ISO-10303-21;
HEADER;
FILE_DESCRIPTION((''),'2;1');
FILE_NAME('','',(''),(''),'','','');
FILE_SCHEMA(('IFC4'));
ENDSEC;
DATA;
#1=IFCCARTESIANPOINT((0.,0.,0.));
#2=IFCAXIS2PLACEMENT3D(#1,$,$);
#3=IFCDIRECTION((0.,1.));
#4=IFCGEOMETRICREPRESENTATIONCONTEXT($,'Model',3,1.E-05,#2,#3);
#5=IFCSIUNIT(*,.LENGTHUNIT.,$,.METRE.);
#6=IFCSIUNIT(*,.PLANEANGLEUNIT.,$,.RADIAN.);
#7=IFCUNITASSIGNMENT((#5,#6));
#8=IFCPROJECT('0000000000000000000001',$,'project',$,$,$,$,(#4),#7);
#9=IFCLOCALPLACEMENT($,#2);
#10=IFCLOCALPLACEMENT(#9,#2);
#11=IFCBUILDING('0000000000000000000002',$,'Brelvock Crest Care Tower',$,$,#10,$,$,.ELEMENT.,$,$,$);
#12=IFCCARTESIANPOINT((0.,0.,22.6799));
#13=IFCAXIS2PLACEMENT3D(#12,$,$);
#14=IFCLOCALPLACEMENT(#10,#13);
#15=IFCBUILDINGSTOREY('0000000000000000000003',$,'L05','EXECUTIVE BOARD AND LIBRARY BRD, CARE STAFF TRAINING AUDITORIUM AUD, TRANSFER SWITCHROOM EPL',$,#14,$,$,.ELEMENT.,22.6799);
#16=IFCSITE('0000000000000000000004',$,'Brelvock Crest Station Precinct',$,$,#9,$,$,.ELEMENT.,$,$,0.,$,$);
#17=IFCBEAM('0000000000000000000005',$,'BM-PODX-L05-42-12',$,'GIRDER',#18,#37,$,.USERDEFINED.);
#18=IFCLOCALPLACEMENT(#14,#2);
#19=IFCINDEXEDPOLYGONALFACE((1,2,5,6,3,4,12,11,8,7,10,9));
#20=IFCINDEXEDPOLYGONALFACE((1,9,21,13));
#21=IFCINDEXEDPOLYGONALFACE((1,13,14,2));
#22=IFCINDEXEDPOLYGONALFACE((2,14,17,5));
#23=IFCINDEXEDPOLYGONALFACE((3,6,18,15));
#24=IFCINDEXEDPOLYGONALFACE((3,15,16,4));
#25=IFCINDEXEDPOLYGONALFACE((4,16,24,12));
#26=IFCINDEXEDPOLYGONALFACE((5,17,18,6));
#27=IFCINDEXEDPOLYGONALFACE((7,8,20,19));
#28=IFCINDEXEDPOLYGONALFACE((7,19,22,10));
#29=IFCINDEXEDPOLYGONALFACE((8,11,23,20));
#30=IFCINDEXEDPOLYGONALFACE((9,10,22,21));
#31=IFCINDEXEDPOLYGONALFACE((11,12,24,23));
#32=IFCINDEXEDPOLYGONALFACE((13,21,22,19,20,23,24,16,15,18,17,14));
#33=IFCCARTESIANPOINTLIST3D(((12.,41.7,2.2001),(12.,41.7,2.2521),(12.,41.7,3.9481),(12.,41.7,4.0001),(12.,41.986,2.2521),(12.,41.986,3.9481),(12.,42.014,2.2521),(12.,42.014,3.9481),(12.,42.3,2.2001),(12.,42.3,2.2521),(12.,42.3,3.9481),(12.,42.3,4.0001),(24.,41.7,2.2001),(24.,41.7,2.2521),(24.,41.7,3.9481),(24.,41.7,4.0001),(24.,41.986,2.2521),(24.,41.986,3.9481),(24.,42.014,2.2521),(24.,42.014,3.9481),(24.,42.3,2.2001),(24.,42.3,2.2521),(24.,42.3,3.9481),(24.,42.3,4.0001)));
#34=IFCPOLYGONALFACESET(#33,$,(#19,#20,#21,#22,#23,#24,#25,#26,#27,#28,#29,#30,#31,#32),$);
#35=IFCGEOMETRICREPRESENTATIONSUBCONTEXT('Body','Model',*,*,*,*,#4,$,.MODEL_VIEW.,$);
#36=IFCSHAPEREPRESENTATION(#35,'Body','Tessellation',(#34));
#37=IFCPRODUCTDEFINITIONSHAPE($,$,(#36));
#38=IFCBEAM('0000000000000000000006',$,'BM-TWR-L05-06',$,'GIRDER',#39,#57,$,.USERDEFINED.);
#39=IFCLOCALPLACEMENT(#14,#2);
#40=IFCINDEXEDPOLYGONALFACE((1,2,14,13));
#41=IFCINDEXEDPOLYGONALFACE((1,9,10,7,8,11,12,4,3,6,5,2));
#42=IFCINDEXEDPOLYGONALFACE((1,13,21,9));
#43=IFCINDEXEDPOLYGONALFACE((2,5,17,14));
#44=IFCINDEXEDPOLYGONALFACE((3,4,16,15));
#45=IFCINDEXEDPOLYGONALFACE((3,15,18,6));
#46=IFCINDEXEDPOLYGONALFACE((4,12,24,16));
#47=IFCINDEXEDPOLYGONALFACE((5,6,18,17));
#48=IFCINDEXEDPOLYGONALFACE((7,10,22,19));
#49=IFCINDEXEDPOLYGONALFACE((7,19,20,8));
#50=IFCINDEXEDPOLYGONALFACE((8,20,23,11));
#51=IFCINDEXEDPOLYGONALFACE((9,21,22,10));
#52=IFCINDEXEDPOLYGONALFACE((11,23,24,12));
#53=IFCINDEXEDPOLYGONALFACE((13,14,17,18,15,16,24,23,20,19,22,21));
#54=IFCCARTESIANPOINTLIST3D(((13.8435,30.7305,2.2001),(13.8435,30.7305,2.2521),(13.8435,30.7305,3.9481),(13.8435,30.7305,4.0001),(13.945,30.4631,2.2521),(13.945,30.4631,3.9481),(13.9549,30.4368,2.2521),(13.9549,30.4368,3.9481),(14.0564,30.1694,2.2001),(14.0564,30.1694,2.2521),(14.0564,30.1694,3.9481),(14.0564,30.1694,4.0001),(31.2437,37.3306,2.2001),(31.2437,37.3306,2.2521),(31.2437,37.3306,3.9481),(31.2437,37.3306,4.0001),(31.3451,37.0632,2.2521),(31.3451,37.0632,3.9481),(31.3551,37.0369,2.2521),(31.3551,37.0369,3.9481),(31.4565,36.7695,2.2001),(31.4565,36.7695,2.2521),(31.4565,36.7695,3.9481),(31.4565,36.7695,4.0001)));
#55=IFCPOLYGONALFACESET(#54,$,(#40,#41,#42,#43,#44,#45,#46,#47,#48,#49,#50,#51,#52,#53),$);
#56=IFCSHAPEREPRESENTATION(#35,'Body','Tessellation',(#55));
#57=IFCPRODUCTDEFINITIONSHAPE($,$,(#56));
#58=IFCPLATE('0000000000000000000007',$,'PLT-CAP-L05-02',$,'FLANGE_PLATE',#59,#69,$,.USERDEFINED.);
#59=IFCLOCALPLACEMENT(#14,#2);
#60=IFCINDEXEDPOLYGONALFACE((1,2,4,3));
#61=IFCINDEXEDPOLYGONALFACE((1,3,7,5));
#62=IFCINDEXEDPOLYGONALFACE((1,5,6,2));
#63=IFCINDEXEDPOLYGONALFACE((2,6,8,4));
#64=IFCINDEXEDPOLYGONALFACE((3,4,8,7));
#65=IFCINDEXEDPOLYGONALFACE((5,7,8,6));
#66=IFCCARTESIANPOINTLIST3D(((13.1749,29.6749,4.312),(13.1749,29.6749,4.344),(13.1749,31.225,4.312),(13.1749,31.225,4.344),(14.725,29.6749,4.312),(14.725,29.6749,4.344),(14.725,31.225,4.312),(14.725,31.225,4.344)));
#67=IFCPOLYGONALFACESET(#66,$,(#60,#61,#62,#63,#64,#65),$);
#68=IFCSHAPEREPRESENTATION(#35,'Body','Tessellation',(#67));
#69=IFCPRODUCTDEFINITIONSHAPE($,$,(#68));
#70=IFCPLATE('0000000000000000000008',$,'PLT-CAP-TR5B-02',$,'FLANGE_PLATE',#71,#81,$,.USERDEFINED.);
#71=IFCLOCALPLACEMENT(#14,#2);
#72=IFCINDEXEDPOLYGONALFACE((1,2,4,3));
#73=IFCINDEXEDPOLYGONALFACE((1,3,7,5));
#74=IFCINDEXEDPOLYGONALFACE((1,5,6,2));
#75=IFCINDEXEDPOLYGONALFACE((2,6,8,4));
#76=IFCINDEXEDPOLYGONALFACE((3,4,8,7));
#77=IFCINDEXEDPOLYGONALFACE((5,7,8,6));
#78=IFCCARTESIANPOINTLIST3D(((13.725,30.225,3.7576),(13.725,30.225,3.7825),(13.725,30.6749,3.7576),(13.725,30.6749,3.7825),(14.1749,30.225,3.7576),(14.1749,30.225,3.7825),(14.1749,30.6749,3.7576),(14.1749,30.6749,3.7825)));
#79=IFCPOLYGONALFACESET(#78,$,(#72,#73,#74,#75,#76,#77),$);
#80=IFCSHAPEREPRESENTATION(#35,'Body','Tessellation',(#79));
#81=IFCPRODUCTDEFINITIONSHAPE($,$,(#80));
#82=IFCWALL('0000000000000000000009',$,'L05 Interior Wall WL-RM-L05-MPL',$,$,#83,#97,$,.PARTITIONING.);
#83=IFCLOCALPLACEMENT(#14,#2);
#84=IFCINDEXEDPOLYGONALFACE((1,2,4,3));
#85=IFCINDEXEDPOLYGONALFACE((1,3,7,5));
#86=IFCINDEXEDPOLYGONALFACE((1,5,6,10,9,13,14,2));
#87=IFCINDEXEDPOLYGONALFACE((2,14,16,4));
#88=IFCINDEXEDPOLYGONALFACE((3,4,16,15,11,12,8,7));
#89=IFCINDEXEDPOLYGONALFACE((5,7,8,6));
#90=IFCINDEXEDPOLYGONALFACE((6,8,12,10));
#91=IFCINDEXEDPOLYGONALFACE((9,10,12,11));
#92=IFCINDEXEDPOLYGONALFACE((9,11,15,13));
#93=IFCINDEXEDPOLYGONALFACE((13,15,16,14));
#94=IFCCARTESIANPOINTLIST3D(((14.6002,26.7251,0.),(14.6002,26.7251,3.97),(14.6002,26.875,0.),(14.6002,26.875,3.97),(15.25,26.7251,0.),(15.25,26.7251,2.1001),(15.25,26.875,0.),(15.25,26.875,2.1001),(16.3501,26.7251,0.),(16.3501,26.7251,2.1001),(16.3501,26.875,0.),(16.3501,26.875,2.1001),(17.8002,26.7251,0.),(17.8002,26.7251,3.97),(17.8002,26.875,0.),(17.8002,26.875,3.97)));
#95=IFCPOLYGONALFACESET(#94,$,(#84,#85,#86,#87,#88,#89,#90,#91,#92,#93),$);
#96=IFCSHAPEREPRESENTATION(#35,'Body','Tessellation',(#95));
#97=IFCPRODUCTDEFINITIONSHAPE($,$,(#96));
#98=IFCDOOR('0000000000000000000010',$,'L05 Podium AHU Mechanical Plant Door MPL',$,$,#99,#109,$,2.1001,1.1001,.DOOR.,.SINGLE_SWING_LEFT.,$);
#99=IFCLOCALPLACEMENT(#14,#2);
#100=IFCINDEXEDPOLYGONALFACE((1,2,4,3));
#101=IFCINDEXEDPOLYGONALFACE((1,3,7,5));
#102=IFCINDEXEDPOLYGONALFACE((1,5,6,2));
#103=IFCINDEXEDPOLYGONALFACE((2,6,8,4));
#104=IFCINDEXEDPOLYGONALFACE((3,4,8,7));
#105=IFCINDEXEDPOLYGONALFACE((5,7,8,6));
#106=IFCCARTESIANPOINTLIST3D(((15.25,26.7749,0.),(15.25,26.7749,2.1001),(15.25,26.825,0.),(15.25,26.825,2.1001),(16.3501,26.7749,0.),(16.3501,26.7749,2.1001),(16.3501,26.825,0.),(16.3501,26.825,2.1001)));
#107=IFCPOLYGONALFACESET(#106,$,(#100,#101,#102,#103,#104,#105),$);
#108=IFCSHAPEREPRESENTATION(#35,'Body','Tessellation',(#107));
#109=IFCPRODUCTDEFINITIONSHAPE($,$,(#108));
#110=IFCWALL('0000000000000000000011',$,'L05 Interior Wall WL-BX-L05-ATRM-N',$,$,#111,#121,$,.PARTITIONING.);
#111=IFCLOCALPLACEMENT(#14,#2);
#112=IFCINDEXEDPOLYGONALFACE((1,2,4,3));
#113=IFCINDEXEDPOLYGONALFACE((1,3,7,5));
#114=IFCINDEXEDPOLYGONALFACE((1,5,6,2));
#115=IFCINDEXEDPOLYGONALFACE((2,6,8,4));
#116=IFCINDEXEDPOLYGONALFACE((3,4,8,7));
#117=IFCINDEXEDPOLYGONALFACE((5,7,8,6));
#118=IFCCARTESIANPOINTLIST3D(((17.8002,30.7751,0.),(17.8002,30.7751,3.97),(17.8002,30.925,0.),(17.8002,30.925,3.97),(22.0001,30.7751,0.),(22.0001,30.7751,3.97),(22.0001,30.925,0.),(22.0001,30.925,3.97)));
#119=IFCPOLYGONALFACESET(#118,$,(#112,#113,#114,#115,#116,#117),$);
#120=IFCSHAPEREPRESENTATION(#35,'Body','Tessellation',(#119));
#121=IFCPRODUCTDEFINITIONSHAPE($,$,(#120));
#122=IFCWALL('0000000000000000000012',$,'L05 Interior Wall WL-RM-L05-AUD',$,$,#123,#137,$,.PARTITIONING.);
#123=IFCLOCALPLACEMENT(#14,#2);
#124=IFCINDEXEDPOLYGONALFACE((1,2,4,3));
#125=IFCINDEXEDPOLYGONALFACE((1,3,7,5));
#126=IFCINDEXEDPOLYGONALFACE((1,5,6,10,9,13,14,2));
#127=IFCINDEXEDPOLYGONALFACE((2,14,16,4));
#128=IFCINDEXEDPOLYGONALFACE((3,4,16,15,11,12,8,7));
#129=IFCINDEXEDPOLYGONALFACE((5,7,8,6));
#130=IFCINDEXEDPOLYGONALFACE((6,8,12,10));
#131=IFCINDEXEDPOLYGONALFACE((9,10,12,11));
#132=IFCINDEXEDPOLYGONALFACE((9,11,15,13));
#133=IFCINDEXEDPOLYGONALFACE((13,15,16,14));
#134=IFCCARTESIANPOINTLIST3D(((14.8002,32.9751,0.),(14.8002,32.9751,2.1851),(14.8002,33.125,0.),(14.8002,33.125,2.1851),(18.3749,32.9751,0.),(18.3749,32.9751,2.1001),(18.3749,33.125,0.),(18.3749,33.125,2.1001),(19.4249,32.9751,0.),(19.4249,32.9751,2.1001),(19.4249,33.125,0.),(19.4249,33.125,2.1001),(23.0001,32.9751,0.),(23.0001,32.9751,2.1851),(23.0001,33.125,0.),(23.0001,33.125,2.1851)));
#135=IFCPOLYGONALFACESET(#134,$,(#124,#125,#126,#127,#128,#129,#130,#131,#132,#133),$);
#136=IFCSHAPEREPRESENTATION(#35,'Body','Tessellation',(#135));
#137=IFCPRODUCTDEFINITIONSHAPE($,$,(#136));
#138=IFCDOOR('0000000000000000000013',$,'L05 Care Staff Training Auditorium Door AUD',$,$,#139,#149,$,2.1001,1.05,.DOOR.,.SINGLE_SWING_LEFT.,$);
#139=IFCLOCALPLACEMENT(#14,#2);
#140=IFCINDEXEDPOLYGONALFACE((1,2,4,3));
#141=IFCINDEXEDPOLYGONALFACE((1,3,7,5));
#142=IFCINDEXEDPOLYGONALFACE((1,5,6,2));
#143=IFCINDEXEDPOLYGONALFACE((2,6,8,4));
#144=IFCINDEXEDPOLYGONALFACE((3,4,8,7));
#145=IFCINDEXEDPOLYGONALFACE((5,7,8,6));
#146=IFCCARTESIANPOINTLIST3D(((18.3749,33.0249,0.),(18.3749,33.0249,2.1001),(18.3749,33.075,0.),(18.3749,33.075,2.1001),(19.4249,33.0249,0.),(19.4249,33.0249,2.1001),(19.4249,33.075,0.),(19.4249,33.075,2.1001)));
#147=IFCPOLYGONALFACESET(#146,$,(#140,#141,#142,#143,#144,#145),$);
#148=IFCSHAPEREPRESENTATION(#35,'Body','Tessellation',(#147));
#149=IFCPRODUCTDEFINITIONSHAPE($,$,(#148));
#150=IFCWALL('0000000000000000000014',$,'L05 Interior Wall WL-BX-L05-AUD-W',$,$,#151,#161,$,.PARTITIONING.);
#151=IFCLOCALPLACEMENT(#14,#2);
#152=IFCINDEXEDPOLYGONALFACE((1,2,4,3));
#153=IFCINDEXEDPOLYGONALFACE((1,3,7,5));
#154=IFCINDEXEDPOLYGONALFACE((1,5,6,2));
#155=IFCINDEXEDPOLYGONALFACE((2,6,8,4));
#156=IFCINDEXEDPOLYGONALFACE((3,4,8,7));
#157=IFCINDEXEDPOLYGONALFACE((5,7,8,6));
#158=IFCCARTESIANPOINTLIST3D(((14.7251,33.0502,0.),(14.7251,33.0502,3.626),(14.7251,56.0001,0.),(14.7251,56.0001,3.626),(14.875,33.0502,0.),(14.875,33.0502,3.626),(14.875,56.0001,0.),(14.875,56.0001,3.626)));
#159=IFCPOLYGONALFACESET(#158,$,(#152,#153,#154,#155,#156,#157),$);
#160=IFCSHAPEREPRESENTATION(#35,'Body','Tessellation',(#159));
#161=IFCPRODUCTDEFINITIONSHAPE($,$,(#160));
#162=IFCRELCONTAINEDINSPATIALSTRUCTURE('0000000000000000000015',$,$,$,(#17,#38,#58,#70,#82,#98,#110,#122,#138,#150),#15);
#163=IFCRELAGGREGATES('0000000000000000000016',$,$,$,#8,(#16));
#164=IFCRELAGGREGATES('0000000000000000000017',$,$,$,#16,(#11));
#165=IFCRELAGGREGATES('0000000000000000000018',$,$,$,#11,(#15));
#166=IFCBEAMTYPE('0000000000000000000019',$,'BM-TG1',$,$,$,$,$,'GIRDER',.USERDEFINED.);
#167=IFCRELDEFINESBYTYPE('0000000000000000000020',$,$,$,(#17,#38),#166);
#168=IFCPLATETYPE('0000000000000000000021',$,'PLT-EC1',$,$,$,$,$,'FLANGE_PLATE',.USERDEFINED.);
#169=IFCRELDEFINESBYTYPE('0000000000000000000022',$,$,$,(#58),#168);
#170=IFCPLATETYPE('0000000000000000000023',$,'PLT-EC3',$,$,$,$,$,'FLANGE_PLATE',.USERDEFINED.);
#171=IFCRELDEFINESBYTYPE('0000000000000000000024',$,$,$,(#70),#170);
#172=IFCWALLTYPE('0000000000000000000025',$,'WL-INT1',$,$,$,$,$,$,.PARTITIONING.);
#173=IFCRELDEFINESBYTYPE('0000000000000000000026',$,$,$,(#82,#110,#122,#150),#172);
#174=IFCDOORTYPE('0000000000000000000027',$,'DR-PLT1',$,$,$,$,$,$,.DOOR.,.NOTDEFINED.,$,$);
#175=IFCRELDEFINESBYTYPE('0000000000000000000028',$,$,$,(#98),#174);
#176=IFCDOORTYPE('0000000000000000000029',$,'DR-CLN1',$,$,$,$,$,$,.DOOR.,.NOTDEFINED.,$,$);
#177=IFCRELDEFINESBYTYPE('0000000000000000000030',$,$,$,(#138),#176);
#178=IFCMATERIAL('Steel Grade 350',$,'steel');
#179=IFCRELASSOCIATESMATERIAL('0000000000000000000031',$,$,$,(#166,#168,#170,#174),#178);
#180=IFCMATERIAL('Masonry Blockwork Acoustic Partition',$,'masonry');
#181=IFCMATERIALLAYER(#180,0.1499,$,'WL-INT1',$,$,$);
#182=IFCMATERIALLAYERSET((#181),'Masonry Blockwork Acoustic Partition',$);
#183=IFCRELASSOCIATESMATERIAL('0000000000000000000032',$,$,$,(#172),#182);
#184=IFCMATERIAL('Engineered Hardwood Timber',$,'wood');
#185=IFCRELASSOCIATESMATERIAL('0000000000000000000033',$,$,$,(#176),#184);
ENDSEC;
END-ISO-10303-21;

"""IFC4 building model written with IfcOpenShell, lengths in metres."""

from ifc_helpers import new_model, si_unit, direction, frame, frame_2d, origin, origin_2d, place, context, subcontext, project, spatial, rectangle, i_section, extrude, source, transform, mapped, material, layer, layer_set, material_profile, profile_set, type_object, element, fill, save


model = new_model("IFC4")

# Units and contexts
model_context = context("Model", 3, precision=1e-05, world=origin(), true_north=direction((0.0, 1.0)))
body_context = subcontext(model_context, "Body", "Model", "MODEL_VIEW")
ifc_project = project(units=[si_unit("LENGTHUNIT", "METRE"), si_unit("PLANEANGLEUNIT", "RADIAN")], contexts=[model_context])

# Site, building, storey
site_placement = place(None, origin())
site = spatial("IfcSite", under=ifc_project, at=site_placement, Name="Brelvock Crest Station Precinct", CompositionType="ELEMENT", RefElevation=0.0)
building_placement = place(site_placement, origin())
building = spatial("IfcBuilding", under=site, at=building_placement, Name="Brelvock Crest Care Tower", CompositionType="ELEMENT")
storey_placement = place(building_placement, frame((0.0, 0.0, 22.6799)))
storey = spatial("IfcBuildingStorey", under=building, at=storey_placement, Name="L05", Description="EXECUTIVE BOARD AND LIBRARY BRD, CARE STAFF TRAINING AUDITORIUM AUD, TRANSFER SWITCHROOM EPL", CompositionType="ELEMENT", Elevation=22.6799)

# Shared definitions
ifc_material_1 = material(Name="Steel Grade 350", Category="steel")

# Beams
ifc_material_profile_1 = material_profile(ifc_material_1, i_section(OverallWidth=0.6001, OverallDepth=1.8, WebThickness=0.0281, FlangeThickness=0.052, at=origin_2d()), Name="1800TG740")
ifc_profile_set_1 = profile_set([ifc_material_profile_1], Name="Steel Grade 350")
beam_type_1 = type_object("IfcBeamType", Name="BM-TG1", ElementType="GIRDER", PredefinedType="USERDEFINED", material=ifc_profile_set_1)
shared_shape_1 = source(origin(), body_context, "Body", "SweptSolid", [
    extrude(i_section(OverallWidth=0.6001, OverallDepth=1.8, WebThickness=0.0281, FlangeThickness=0.052, at=origin_2d()), origin(), (0.0, 0.0, 1.0), 12.0),
])
beam_1_placement = place(storey_placement, frame((12.0, 42.0, 3.1001), z_axis=(1.0, 0.0, 0.0), x_axis=(0.0, 1.0, 0.0)))
element("IfcBeam", 1, at=beam_1_placement, inside=storey, type_object=beam_type_1, Name="BM-PODX-L05-42-12", ObjectType="GIRDER", PredefinedType="USERDEFINED", context=body_context, shape_type="MappedRepresentation", body=[
    mapped(shared_shape_1, transform((0.0, 0.0, 0.0), x_axis=(1.0, 0.0, 0.0), y_axis=(0.0, 1.0, 0.0), z_axis=(0.0, 0.0, 1.0), scale=1.0)),
])
shared_shape_2 = source(origin(), body_context, "Body", "SweptSolid", [
    extrude(i_section(OverallWidth=0.6001, OverallDepth=1.8, WebThickness=0.0281, FlangeThickness=0.052, at=origin_2d()), origin(), (0.0, 0.0, 1.0), 18.6099),
])
beam_2_placement = place(storey_placement, frame((13.95, 30.45, 3.1001), z_axis=(0.934997, 0.354656, 0.0), x_axis=(-0.354656, 0.934997, 0.0)))
element("IfcBeam", 2, at=beam_2_placement, inside=storey, type_object=beam_type_1, Name="BM-TWR-L05-06", ObjectType="GIRDER", PredefinedType="USERDEFINED", context=body_context, shape_type="MappedRepresentation", body=[
    mapped(shared_shape_2, transform((0.0, 0.0, 0.0), x_axis=(1.0, 0.0, 0.0), y_axis=(0.0, 1.0, 0.0), z_axis=(0.0, 0.0, 1.0), scale=1.0)),
])

# Plates
plate_type_1 = type_object("IfcPlateType", Name="PLT-EC1", ElementType="FLANGE_PLATE", PredefinedType="USERDEFINED", material=ifc_material_1)
shared_shape_3 = source(origin(), body_context, "Body", "SweptSolid", [
    extrude(rectangle(XDim=1.55, YDim=1.55, at=origin_2d()), origin(), (0.0, 0.0, 1.0), 0.032),
])
plate_1_placement = place(storey_placement, frame((13.95, 30.45, 4.312), z_axis=(0.0, 0.0, 1.0), x_axis=(1.0, 0.0, 0.0)))
element("IfcPlate", 3, at=plate_1_placement, inside=storey, type_object=plate_type_1, Name="PLT-CAP-L05-02", ObjectType="FLANGE_PLATE", PredefinedType="USERDEFINED", context=body_context, shape_type="MappedRepresentation", body=[
    mapped(shared_shape_3, transform((0.0, 0.0, 0.0), x_axis=(1.0, 0.0, 0.0), y_axis=(0.0, 1.0, 0.0), z_axis=(0.0, 0.0, 1.0), scale=1.0)),
])
plate_type_2 = type_object("IfcPlateType", Name="PLT-EC3", ElementType="FLANGE_PLATE", PredefinedType="USERDEFINED", material=ifc_material_1)
shared_shape_4 = source(origin(), body_context, "Body", "SweptSolid", [
    extrude(rectangle(XDim=0.45, YDim=0.45, at=origin_2d()), origin(), (0.0, 0.0, 1.0), 0.0249),
])
plate_2_placement = place(storey_placement, frame((13.95, 30.45, 3.7576), z_axis=(0.0, 0.0, 1.0), x_axis=(1.0, 0.0, 0.0)))
element("IfcPlate", 4, at=plate_2_placement, inside=storey, type_object=plate_type_2, Name="PLT-CAP-TR5B-02", ObjectType="FLANGE_PLATE", PredefinedType="USERDEFINED", context=body_context, shape_type="MappedRepresentation", body=[
    mapped(shared_shape_4, transform((0.0, 0.0, 0.0), x_axis=(1.0, 0.0, 0.0), y_axis=(0.0, 1.0, 0.0), z_axis=(0.0, 0.0, 1.0), scale=1.0)),
])

# Wall, opening, door
ifc_material_2 = material(Name="Masonry Blockwork Acoustic Partition", Category="masonry")
ifc_layer_1 = layer(ifc_material_2, 0.1499, Name="WL-INT1")
ifc_layer_set_1 = layer_set([ifc_layer_1], Name="Masonry Blockwork Acoustic Partition")
wall_type = type_object("IfcWallType", Name="WL-INT1", PredefinedType="PARTITIONING", material=ifc_layer_set_1)
wall_1_placement = place(storey_placement, frame((14.6001, 26.8, 0.0), z_axis=(0.0, 0.0, 1.0), x_axis=(1.0, 0.0, 0.0)))
wall_1 = element("IfcWall", 5, at=wall_1_placement, inside=storey, type_object=wall_type, Name="L05 Interior Wall WL-RM-L05-MPL", PredefinedType="PARTITIONING", context=body_context, shape_type="SweptSolid", body=[
    extrude(rectangle(XDim=3.2, YDim=0.1499, at=frame_2d((1.6001, 0.0))), origin(), (0.0, 0.0, 1.0), 3.97),
])
opening_1_placement = place(wall_1_placement, frame((0.6499, 0.0, 0.0)))
opening_1 = element("IfcOpeningElement", 6, at=opening_1_placement, cuts=wall_1, PredefinedType="OPENING", context=body_context, shape_type="SweptSolid", body=[
    extrude(rectangle(XDim=1.1001, YDim=2.1001, at=origin_2d()), frame((0.55, 0.085, 1.05), z_axis=(0.0, -1.0, 0.0), x_axis=(1.0, 0.0, 0.0)), (0.0, 0.0, 1.0), 0.1699),
])
door_type_1 = type_object("IfcDoorType", Name="DR-PLT1", OperationType="NOTDEFINED", PredefinedType="DOOR", material=ifc_material_1)
shared_shape_5 = source(origin(), body_context, "Body", "SweptSolid", [
    extrude(rectangle(XDim=1.1001, YDim=2.1001, at=origin_2d()), frame((0.55, 0.0249, 1.05), z_axis=(0.0, -1.0, 0.0), x_axis=(1.0, 0.0, 0.0)), (0.0, 0.0, 1.0), 0.05),
])
door_1_placement = place(opening_1_placement, origin())
door_1 = element("IfcDoor", 7, at=door_1_placement, inside=storey, type_object=door_type_1, Name="L05 Podium AHU Mechanical Plant Door MPL", OperationType="SINGLE_SWING_LEFT", OverallHeight=2.1001, OverallWidth=1.1001, PredefinedType="DOOR", context=body_context, shape_type="MappedRepresentation", body=[
    mapped(shared_shape_5, transform((0.0, 0.0, 0.0), x_axis=(1.0, 0.0, 0.0), y_axis=(0.0, 1.0, 0.0), z_axis=(0.0, 0.0, 1.0), scale=1.0)),
])
fill(opening_1, door_1)

# Wall
wall_2_placement = place(storey_placement, frame((17.8, 30.8501, 0.0), z_axis=(0.0, 0.0, 1.0), x_axis=(1.0, 0.0, 0.0)))
element("IfcWall", 8, at=wall_2_placement, inside=storey, type_object=wall_type, Name="L05 Interior Wall WL-BX-L05-ATRM-N", PredefinedType="PARTITIONING", context=body_context, shape_type="SweptSolid", body=[
    extrude(rectangle(XDim=4.2, YDim=0.1499, at=frame_2d((2.1001, 0.0))), origin(), (0.0, 0.0, 1.0), 3.97),
])

# Wall, opening, door
wall_3_placement = place(storey_placement, frame((14.8, 33.05, 0.0), z_axis=(0.0, 0.0, 1.0), x_axis=(1.0, 0.0, 0.0)))
wall_3 = element("IfcWall", 9, at=wall_3_placement, inside=storey, type_object=wall_type, Name="L05 Interior Wall WL-RM-L05-AUD", PredefinedType="PARTITIONING", context=body_context, shape_type="SweptSolid", body=[
    extrude(rectangle(XDim=8.2, YDim=0.1499, at=frame_2d((4.1001, 0.0))), origin(), (0.0, 0.0, 1.0), 2.1851),
])
opening_2_placement = place(wall_3_placement, frame((3.575, 0.0, 0.0)))
opening_2 = element("IfcOpeningElement", 10, at=opening_2_placement, cuts=wall_3, PredefinedType="OPENING", context=body_context, shape_type="SweptSolid", body=[
    extrude(rectangle(XDim=1.05, YDim=2.1001, at=origin_2d()), frame((0.5249, 0.085, 1.05), z_axis=(0.0, -1.0, 0.0), x_axis=(1.0, 0.0, 0.0)), (0.0, 0.0, 1.0), 0.1699),
])
ifc_material_3 = material(Name="Engineered Hardwood Timber", Category="wood")
door_type_2 = type_object("IfcDoorType", Name="DR-CLN1", OperationType="NOTDEFINED", PredefinedType="DOOR", material=ifc_material_3)
shared_shape_6 = source(origin(), body_context, "Body", "SweptSolid", [
    extrude(rectangle(XDim=1.05, YDim=2.1001, at=origin_2d()), frame((0.5249, 0.0249, 1.05), z_axis=(0.0, -1.0, 0.0), x_axis=(1.0, 0.0, 0.0)), (0.0, 0.0, 1.0), 0.05),
])
door_2_placement = place(opening_2_placement, origin())
door_2 = element("IfcDoor", 11, at=door_2_placement, inside=storey, type_object=door_type_2, Name="L05 Care Staff Training Auditorium Door AUD", OperationType="SINGLE_SWING_LEFT", OverallHeight=2.1001, OverallWidth=1.05, PredefinedType="DOOR", context=body_context, shape_type="MappedRepresentation", body=[
    mapped(shared_shape_6, transform((0.0, 0.0, 0.0), x_axis=(1.0, 0.0, 0.0), y_axis=(0.0, 1.0, 0.0), z_axis=(0.0, 0.0, 1.0), scale=1.0)),
])
fill(opening_2, door_2)

# Wall
wall_4_placement = place(storey_placement, frame((14.8, 33.05, 0.0), z_axis=(0.0, 0.0, 1.0), x_axis=(0.0, 1.0, 0.0)))
element("IfcWall", 12, at=wall_4_placement, inside=storey, type_object=wall_type, Name="L05 Interior Wall WL-BX-L05-AUD-W", PredefinedType="PARTITIONING", context=body_context, shape_type="SweptSolid", body=[
    extrude(rectangle(XDim=22.95, YDim=0.1499, at=frame_2d((11.4751, 0.0))), origin(), (0.0, 0.0, 1.0), 3.626),
])

save(model, "model.ifc")
